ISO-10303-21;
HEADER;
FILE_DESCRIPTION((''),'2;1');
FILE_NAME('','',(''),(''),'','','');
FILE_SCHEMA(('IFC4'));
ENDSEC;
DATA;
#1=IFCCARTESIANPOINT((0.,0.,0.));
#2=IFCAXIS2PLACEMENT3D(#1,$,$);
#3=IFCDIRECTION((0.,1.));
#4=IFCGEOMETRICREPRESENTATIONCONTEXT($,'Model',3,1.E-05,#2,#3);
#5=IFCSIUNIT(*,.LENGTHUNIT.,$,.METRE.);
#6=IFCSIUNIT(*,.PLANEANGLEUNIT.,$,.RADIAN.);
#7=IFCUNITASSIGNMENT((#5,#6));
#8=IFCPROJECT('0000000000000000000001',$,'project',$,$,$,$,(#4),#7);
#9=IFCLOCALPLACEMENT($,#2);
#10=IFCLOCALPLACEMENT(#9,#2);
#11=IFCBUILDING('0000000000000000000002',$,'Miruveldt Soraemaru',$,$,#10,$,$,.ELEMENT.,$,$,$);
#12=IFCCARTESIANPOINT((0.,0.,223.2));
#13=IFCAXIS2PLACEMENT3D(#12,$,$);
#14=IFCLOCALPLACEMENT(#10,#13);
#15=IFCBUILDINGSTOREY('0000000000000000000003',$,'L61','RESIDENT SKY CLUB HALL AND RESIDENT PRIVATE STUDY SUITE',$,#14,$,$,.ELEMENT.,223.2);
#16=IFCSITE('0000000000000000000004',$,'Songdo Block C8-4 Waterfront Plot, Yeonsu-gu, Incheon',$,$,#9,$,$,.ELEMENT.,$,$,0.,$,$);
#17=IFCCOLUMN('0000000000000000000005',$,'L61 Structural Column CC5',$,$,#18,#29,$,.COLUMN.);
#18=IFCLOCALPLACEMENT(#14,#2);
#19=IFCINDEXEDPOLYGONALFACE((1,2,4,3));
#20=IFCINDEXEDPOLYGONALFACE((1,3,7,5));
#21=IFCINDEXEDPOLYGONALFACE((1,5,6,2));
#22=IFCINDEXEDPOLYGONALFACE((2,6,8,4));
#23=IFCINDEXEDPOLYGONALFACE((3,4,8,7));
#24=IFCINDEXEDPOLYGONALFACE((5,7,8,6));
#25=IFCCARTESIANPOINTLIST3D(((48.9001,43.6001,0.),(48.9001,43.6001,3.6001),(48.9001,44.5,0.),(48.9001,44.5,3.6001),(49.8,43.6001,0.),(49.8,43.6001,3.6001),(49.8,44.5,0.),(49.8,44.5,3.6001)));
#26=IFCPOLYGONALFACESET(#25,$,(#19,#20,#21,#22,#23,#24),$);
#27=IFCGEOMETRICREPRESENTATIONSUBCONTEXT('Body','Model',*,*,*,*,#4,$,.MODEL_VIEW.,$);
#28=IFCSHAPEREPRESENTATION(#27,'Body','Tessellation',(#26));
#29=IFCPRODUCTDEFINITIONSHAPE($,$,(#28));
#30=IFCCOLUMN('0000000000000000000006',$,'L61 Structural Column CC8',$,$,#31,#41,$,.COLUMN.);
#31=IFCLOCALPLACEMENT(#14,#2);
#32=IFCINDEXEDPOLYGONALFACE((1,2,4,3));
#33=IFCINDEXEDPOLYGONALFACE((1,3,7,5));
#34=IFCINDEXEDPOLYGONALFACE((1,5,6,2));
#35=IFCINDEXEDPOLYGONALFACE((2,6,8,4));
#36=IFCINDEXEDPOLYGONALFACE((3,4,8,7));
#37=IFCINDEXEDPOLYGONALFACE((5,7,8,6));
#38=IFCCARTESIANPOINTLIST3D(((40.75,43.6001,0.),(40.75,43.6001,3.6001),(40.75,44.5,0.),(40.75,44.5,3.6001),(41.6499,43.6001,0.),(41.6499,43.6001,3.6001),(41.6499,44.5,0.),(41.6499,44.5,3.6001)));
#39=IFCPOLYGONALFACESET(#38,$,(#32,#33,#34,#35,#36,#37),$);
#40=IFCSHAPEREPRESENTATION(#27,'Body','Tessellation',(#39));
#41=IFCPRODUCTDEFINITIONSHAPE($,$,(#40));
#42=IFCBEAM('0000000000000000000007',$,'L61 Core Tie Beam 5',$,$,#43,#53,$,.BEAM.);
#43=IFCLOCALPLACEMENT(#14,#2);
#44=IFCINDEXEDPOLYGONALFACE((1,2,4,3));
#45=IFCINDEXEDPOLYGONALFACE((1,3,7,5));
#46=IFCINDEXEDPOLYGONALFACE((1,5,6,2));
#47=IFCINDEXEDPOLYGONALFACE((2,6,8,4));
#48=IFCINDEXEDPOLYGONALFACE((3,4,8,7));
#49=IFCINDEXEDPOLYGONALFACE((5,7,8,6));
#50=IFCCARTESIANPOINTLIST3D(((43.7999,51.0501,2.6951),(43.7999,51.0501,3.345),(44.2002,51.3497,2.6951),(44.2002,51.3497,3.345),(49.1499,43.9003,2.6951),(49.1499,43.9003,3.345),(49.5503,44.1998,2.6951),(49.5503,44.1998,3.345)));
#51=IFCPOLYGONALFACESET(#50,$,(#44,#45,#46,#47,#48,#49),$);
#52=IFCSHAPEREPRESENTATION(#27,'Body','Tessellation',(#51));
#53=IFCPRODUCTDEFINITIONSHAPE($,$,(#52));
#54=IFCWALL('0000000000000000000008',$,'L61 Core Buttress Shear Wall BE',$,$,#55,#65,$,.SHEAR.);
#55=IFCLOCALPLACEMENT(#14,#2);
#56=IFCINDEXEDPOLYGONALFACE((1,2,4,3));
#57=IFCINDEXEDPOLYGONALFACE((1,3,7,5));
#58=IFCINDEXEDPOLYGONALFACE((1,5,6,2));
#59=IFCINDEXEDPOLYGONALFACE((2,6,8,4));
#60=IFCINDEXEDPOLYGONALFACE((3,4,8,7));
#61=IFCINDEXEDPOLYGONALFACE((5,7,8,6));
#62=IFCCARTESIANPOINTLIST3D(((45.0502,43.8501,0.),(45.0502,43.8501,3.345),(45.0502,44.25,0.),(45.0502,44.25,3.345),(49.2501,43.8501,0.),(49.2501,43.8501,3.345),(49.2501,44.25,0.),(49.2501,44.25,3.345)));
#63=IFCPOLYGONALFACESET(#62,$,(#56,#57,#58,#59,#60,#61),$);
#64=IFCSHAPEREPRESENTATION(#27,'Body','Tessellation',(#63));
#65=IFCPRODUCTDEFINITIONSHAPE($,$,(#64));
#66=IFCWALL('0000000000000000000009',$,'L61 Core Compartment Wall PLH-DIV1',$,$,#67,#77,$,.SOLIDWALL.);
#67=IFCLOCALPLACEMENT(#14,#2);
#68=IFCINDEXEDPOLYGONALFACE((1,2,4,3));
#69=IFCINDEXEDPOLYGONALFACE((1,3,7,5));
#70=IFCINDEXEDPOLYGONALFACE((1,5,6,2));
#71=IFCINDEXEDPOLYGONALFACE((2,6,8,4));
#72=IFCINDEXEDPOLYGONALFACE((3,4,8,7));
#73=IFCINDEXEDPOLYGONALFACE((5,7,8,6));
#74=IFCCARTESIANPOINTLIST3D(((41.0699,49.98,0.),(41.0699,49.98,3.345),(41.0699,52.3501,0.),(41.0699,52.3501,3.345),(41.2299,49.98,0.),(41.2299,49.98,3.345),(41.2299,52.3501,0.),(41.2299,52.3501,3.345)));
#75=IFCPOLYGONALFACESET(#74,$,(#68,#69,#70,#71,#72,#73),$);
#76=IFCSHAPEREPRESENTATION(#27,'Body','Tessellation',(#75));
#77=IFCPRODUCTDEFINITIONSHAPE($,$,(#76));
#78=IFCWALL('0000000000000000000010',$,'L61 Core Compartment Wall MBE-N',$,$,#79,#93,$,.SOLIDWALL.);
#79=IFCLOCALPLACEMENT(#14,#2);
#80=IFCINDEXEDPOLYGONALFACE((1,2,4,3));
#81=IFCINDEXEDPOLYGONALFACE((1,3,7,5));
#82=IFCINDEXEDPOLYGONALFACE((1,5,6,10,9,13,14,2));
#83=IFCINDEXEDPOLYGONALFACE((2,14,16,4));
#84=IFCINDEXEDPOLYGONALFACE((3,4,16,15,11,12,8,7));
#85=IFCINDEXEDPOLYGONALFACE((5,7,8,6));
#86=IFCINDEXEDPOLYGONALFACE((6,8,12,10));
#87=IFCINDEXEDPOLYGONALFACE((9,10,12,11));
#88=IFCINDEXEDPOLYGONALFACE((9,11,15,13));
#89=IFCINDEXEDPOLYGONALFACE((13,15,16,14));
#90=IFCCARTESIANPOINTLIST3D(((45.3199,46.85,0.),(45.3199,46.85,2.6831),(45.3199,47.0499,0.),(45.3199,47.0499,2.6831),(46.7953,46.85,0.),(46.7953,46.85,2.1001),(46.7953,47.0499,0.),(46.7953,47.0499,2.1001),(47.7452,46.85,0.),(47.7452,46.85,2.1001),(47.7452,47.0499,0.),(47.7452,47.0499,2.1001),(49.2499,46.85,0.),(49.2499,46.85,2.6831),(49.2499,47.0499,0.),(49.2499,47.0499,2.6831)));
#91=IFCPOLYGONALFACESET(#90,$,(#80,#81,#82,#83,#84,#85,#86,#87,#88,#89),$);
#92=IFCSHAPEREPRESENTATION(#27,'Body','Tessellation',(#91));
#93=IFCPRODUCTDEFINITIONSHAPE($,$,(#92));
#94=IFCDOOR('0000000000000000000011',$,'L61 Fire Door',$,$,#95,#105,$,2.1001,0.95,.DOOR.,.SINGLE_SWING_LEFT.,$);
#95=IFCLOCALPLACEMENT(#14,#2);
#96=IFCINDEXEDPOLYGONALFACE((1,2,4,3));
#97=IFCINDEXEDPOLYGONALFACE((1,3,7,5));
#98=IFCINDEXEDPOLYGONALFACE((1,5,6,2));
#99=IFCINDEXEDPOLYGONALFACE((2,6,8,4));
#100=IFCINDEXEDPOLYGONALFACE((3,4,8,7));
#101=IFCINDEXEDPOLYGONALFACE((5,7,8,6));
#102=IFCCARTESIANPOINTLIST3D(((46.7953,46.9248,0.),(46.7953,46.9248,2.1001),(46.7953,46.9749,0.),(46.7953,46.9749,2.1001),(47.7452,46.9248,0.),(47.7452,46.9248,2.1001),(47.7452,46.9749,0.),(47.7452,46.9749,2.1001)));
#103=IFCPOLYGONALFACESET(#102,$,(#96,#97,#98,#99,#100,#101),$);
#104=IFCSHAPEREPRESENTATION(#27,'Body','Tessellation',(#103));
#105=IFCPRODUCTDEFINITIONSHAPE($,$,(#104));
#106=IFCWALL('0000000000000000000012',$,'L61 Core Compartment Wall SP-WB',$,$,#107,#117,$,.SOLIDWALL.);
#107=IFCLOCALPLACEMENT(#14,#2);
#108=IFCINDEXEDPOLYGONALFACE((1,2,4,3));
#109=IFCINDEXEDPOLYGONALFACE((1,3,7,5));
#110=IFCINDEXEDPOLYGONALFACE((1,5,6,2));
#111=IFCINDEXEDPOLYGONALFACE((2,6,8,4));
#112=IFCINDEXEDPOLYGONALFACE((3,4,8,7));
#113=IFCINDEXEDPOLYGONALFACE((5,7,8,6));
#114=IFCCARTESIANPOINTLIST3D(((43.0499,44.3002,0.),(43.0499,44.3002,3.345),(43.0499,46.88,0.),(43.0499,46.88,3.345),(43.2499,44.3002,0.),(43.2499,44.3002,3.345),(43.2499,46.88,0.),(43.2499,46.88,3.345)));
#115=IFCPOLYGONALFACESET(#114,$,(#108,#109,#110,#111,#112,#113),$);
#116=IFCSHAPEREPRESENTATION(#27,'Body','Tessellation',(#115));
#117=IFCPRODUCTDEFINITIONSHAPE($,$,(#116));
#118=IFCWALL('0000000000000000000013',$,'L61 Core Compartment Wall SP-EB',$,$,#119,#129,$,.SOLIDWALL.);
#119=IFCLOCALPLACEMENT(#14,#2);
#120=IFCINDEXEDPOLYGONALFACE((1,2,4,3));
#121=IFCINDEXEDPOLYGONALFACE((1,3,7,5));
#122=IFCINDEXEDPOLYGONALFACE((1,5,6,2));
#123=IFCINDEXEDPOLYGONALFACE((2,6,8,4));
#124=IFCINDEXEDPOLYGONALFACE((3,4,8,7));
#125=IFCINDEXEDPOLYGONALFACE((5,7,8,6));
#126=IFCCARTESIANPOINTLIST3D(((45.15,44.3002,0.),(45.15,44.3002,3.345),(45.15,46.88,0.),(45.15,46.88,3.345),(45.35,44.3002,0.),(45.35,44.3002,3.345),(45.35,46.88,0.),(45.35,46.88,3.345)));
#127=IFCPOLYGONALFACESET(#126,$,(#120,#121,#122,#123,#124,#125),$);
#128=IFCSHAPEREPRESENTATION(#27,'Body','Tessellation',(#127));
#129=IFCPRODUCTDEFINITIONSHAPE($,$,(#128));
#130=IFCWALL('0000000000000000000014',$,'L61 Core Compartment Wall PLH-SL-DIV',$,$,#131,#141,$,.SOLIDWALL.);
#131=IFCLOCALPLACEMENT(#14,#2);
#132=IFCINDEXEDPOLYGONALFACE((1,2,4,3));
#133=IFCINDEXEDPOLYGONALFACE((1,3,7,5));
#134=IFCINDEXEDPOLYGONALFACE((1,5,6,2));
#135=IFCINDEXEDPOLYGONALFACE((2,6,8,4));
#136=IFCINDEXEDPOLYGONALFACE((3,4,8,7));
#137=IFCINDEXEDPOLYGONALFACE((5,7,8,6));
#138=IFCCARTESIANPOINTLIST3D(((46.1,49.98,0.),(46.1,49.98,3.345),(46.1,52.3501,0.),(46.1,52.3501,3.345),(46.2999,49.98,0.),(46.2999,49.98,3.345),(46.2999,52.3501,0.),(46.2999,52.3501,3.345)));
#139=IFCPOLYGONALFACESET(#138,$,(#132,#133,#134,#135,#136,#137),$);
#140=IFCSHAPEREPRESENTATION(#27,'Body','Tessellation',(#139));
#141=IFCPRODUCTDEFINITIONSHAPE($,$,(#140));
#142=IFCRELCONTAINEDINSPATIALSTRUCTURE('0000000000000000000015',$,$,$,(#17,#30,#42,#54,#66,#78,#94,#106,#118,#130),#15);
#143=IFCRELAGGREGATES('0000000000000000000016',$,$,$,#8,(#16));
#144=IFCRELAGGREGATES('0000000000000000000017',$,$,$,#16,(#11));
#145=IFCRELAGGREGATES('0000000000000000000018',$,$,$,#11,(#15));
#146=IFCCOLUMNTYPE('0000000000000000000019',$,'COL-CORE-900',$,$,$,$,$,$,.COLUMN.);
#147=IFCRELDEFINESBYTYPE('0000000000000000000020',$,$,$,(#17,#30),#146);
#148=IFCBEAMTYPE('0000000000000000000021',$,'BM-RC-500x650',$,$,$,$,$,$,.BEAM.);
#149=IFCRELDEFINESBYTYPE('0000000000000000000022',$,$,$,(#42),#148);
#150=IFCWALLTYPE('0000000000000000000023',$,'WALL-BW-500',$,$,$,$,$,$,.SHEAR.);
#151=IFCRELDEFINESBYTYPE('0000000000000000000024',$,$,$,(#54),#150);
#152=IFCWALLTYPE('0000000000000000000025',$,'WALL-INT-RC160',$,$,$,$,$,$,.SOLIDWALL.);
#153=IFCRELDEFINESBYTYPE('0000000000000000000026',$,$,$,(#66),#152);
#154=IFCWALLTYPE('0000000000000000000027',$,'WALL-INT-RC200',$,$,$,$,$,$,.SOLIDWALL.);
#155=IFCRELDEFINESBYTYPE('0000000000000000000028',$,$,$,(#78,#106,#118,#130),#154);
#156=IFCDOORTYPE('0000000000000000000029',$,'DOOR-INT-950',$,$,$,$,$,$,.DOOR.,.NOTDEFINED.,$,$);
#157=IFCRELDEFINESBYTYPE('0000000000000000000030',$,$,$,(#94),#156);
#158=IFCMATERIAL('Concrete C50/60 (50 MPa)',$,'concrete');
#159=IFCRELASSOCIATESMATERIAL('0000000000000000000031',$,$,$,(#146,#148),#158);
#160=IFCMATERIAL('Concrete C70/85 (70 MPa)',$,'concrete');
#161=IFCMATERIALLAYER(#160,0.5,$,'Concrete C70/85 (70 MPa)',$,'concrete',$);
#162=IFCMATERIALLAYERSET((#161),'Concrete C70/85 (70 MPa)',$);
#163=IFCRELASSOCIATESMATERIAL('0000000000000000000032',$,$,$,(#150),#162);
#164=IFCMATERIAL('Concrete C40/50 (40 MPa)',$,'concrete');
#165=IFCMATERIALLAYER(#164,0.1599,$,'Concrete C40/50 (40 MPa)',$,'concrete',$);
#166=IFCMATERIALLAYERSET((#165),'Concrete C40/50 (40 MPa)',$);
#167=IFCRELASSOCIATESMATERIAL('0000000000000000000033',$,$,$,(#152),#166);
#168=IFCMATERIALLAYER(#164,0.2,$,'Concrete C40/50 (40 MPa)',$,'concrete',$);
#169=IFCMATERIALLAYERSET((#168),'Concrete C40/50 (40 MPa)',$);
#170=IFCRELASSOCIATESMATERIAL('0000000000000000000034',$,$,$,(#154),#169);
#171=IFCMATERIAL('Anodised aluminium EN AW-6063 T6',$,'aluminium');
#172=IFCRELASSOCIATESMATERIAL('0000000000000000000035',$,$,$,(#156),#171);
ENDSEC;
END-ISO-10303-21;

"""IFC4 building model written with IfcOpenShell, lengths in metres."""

from ifc_helpers import new_model, si_unit, direction, frame, frame_2d, origin, origin_2d, place, context, subcontext, project, spatial, rectangle, extrude, material, layer, layer_set, material_profile, profile_set, type_object, element, fill, save


model = new_model("IFC4")

# Units and contexts
model_context = context("Model", 3, precision=1e-05, world=origin(), true_north=direction((0.0, 1.0)))
body_context = subcontext(model_context, "Body", "Model", "MODEL_VIEW")
ifc_project = project(units=[si_unit("LENGTHUNIT", "METRE"), si_unit("PLANEANGLEUNIT", "RADIAN")], contexts=[model_context])

# Site, building, storey
site_placement = place(None, origin())
site = spatial("IfcSite", under=ifc_project, at=site_placement, Name="Songdo Block C8-4 Waterfront Plot, Yeonsu-gu, Incheon", CompositionType="ELEMENT", RefElevation=0.0)
building_placement = place(site_placement, origin())
building = spatial("IfcBuilding", under=site, at=building_placement, Name="Miruveldt Soraemaru", CompositionType="ELEMENT")
storey_placement = place(building_placement, frame((0.0, 0.0, 223.2)))
storey = spatial("IfcBuildingStorey", under=building, at=storey_placement, Name="L61", Description="RESIDENT SKY CLUB HALL AND RESIDENT PRIVATE STUDY SUITE", CompositionType="ELEMENT", Elevation=223.2)

# Columns
ifc_material_1 = material(Name="Concrete C50/60 (50 MPa)", Category="concrete")
ifc_material_profile_1 = material_profile(ifc_material_1, rectangle(XDim=0.8999, YDim=0.8999, at=origin_2d()), Name="Concrete C50/60 (50 MPa)", Category="concrete")
ifc_profile_set_1 = profile_set([ifc_material_profile_1], Name="Concrete C50/60 (50 MPa)")
column_type = type_object("IfcColumnType", Name="COL-CORE-900", PredefinedType="COLUMN", material=ifc_profile_set_1)
for number, where, z_axis, x_axis, name in (
    (1, (49.3501, 44.05, 0.0), (0.0, 0.0, 1.0), (1.0, 0.0, 0.0), "L61 Structural Column CC5"),
    (2, (41.2, 44.05, 0.0), (0.0, 0.0, 1.0), (1.0, 0.0, 0.0), "L61 Structural Column CC8"),
):
    element("IfcColumn", number, at=place(storey_placement, frame(where, z_axis=z_axis, x_axis=x_axis)), inside=storey, type_object=column_type, Name=name, PredefinedType="COLUMN", context=body_context, shape_type="SweptSolid", body=[
        extrude(rectangle(XDim=0.8999, YDim=0.8999, at=origin_2d()), origin(), (0.0, 0.0, 1.0), 3.6001),
    ])

# Beam
ifc_material_profile_2 = material_profile(ifc_material_1, rectangle(XDim=0.5, YDim=0.6499, at=origin_2d()), Name="Concrete C50/60 (50 MPa)", Category="concrete")
ifc_profile_set_2 = profile_set([ifc_material_profile_2], Name="Concrete C50/60 (50 MPa)")
beam_type = type_object("IfcBeamType", Name="BM-RC-500x650", PredefinedType="BEAM", material=ifc_profile_set_2)
beam_placement = place(storey_placement, frame((49.3501, 44.05, 3.02), z_axis=(-0.599116, 0.800662, 0.0), x_axis=(-0.800662, -0.599116, 0.0)))
element("IfcBeam", 3, at=beam_placement, inside=storey, type_object=beam_type, Name="L61 Core Tie Beam 5", PredefinedType="BEAM", context=body_context, shape_type="SweptSolid", body=[
    extrude(rectangle(XDim=0.5, YDim=0.6499, at=origin_2d()), origin(), (0.0, 0.0, 1.0), 8.9299),
])

# Walls
ifc_material_2 = material(Name="Concrete C70/85 (70 MPa)", Category="concrete")
ifc_layer_1 = layer(ifc_material_2, 0.5, Name="Concrete C70/85 (70 MPa)", Category="concrete")
ifc_layer_set_1 = layer_set([ifc_layer_1], Name="Concrete C70/85 (70 MPa)")
wall_type_1 = type_object("IfcWallType", Name="WALL-BW-500", PredefinedType="SHEAR", material=ifc_layer_set_1)
wall_1_placement = place(storey_placement, frame((45.05, 44.05, 0.0), z_axis=(0.0, 0.0, 1.0), x_axis=(1.0, 0.0, 0.0)))
element("IfcWall", 4, at=wall_1_placement, inside=storey, type_object=wall_type_1, Name="L61 Core Buttress Shear Wall BE", PredefinedType="SHEAR", context=body_context, shape_type="SweptSolid", body=[
    extrude(rectangle(XDim=4.2, YDim=0.3999, at=frame_2d((2.1001, 0.0))), origin(), (0.0, 0.0, 1.0), 3.345),
])
ifc_material_3 = material(Name="Concrete C40/50 (40 MPa)", Category="concrete")
ifc_layer_2 = layer(ifc_material_3, 0.1599, Name="Concrete C40/50 (40 MPa)", Category="concrete")
ifc_layer_set_2 = layer_set([ifc_layer_2], Name="Concrete C40/50 (40 MPa)")
wall_type_2 = type_object("IfcWallType", Name="WALL-INT-RC160", PredefinedType="SOLIDWALL", material=ifc_layer_set_2)
wall_2_placement = place(storey_placement, frame((41.1499, 49.98, 0.0), z_axis=(0.0, 0.0, 1.0), x_axis=(0.0, 1.0, 0.0)))
element("IfcWall", 5, at=wall_2_placement, inside=storey, type_object=wall_type_2, Name="L61 Core Compartment Wall PLH-DIV1", PredefinedType="SOLIDWALL", context=body_context, shape_type="SweptSolid", body=[
    extrude(rectangle(XDim=2.3701, YDim=0.1599, at=frame_2d((1.1851, 0.0))), origin(), (0.0, 0.0, 1.0), 3.345),
])

# Shared definitions
ifc_layer_3 = layer(ifc_material_3, 0.2, Name="Concrete C40/50 (40 MPa)", Category="concrete")
ifc_layer_set_3 = layer_set([ifc_layer_3], Name="Concrete C40/50 (40 MPa)")
wall_type_3 = type_object("IfcWallType", Name="WALL-INT-RC200", PredefinedType="SOLIDWALL", material=ifc_layer_set_3)
ifc_material_4 = material(Name="Anodised aluminium EN AW-6063 T6", Category="aluminium")

# Wall, opening, door
wall_3_placement = place(storey_placement, frame((45.3201, 46.95, 0.0), z_axis=(0.0, 0.0, 1.0), x_axis=(1.0, 0.0, 0.0)))
wall_3 = element("IfcWall", 6, at=wall_3_placement, inside=storey, type_object=wall_type_3, Name="L61 Core Compartment Wall MBE-N", PredefinedType="SOLIDWALL", context=body_context, shape_type="SweptSolid", body=[
    extrude(rectangle(XDim=3.9299, YDim=0.2, at=frame_2d((1.9648, 0.0))), origin(), (0.0, 0.0, 1.0), 2.6831),
])
opening_1_placement = place(wall_3_placement, frame((1.4751, 0.0, 0.0)))
opening_1 = element("IfcOpeningElement", 7, at=opening_1_placement, cuts=wall_3, PredefinedType="OPENING", context=body_context, shape_type="SweptSolid", body=[
    extrude(rectangle(XDim=0.95, YDim=2.1001, at=frame_2d((0.4751, 1.05))), frame((0.0, 0.1099, 0.0), z_axis=(0.0, -1.0, 0.0), x_axis=(1.0, 0.0, 0.0)), (0.0, 0.0, 1.0), 0.22),
])
door_type_1 = type_object("IfcDoorType", Name="DOOR-INT-950", OperationType="NOTDEFINED", PredefinedType="DOOR", material=ifc_material_4)
door_1_placement = place(opening_1_placement, origin())
door_1 = element("IfcDoor", 8, at=door_1_placement, inside=storey, type_object=door_type_1, Name="L61 Fire Door", OperationType="SINGLE_SWING_LEFT", OverallHeight=2.1001, OverallWidth=0.95, PredefinedType="DOOR", context=body_context, shape_type="SweptSolid", body=[
    extrude(rectangle(XDim=0.95, YDim=2.1001, at=frame_2d((0.4751, 1.05))), frame((0.0, 0.0249, 0.0), z_axis=(0.0, -1.0, 0.0), x_axis=(1.0, 0.0, 0.0)), (0.0, 0.0, 1.0), 0.05),
])
fill(opening_1, door_1)

# Walls
for number, where, z_axis, x_axis, name in (
    (9, (43.1499, 44.3, 0.0), (0.0, 0.0, 1.0), (0.0, 1.0, 0.0), "L61 Core Compartment Wall SP-WB"),
    (10, (45.25, 44.3, 0.0), (0.0, 0.0, 1.0), (0.0, 1.0, 0.0), "L61 Core Compartment Wall SP-EB"),
):
    element("IfcWall", number, at=place(storey_placement, frame(where, z_axis=z_axis, x_axis=x_axis)), inside=storey, type_object=wall_type_3, Name=name, PredefinedType="SOLIDWALL", context=body_context, shape_type="SweptSolid", body=[
        extrude(rectangle(XDim=2.5798, YDim=0.2, at=frame_2d((1.29, 0.0))), origin(), (0.0, 0.0, 1.0), 3.345),
    ])
wall_4_placement = place(storey_placement, frame((46.2, 49.98, 0.0), z_axis=(0.0, 0.0, 1.0), x_axis=(0.0, 1.0, 0.0)))
element("IfcWall", 11, at=wall_4_placement, inside=storey, type_object=wall_type_3, Name="L61 Core Compartment Wall PLH-SL-DIV", PredefinedType="SOLIDWALL", context=body_context, shape_type="SweptSolid", body=[
    extrude(rectangle(XDim=2.3701, YDim=0.2, at=frame_2d((1.1851, 0.0))), origin(), (0.0, 0.0, 1.0), 3.345),
])

save(model, "model.ifc")
